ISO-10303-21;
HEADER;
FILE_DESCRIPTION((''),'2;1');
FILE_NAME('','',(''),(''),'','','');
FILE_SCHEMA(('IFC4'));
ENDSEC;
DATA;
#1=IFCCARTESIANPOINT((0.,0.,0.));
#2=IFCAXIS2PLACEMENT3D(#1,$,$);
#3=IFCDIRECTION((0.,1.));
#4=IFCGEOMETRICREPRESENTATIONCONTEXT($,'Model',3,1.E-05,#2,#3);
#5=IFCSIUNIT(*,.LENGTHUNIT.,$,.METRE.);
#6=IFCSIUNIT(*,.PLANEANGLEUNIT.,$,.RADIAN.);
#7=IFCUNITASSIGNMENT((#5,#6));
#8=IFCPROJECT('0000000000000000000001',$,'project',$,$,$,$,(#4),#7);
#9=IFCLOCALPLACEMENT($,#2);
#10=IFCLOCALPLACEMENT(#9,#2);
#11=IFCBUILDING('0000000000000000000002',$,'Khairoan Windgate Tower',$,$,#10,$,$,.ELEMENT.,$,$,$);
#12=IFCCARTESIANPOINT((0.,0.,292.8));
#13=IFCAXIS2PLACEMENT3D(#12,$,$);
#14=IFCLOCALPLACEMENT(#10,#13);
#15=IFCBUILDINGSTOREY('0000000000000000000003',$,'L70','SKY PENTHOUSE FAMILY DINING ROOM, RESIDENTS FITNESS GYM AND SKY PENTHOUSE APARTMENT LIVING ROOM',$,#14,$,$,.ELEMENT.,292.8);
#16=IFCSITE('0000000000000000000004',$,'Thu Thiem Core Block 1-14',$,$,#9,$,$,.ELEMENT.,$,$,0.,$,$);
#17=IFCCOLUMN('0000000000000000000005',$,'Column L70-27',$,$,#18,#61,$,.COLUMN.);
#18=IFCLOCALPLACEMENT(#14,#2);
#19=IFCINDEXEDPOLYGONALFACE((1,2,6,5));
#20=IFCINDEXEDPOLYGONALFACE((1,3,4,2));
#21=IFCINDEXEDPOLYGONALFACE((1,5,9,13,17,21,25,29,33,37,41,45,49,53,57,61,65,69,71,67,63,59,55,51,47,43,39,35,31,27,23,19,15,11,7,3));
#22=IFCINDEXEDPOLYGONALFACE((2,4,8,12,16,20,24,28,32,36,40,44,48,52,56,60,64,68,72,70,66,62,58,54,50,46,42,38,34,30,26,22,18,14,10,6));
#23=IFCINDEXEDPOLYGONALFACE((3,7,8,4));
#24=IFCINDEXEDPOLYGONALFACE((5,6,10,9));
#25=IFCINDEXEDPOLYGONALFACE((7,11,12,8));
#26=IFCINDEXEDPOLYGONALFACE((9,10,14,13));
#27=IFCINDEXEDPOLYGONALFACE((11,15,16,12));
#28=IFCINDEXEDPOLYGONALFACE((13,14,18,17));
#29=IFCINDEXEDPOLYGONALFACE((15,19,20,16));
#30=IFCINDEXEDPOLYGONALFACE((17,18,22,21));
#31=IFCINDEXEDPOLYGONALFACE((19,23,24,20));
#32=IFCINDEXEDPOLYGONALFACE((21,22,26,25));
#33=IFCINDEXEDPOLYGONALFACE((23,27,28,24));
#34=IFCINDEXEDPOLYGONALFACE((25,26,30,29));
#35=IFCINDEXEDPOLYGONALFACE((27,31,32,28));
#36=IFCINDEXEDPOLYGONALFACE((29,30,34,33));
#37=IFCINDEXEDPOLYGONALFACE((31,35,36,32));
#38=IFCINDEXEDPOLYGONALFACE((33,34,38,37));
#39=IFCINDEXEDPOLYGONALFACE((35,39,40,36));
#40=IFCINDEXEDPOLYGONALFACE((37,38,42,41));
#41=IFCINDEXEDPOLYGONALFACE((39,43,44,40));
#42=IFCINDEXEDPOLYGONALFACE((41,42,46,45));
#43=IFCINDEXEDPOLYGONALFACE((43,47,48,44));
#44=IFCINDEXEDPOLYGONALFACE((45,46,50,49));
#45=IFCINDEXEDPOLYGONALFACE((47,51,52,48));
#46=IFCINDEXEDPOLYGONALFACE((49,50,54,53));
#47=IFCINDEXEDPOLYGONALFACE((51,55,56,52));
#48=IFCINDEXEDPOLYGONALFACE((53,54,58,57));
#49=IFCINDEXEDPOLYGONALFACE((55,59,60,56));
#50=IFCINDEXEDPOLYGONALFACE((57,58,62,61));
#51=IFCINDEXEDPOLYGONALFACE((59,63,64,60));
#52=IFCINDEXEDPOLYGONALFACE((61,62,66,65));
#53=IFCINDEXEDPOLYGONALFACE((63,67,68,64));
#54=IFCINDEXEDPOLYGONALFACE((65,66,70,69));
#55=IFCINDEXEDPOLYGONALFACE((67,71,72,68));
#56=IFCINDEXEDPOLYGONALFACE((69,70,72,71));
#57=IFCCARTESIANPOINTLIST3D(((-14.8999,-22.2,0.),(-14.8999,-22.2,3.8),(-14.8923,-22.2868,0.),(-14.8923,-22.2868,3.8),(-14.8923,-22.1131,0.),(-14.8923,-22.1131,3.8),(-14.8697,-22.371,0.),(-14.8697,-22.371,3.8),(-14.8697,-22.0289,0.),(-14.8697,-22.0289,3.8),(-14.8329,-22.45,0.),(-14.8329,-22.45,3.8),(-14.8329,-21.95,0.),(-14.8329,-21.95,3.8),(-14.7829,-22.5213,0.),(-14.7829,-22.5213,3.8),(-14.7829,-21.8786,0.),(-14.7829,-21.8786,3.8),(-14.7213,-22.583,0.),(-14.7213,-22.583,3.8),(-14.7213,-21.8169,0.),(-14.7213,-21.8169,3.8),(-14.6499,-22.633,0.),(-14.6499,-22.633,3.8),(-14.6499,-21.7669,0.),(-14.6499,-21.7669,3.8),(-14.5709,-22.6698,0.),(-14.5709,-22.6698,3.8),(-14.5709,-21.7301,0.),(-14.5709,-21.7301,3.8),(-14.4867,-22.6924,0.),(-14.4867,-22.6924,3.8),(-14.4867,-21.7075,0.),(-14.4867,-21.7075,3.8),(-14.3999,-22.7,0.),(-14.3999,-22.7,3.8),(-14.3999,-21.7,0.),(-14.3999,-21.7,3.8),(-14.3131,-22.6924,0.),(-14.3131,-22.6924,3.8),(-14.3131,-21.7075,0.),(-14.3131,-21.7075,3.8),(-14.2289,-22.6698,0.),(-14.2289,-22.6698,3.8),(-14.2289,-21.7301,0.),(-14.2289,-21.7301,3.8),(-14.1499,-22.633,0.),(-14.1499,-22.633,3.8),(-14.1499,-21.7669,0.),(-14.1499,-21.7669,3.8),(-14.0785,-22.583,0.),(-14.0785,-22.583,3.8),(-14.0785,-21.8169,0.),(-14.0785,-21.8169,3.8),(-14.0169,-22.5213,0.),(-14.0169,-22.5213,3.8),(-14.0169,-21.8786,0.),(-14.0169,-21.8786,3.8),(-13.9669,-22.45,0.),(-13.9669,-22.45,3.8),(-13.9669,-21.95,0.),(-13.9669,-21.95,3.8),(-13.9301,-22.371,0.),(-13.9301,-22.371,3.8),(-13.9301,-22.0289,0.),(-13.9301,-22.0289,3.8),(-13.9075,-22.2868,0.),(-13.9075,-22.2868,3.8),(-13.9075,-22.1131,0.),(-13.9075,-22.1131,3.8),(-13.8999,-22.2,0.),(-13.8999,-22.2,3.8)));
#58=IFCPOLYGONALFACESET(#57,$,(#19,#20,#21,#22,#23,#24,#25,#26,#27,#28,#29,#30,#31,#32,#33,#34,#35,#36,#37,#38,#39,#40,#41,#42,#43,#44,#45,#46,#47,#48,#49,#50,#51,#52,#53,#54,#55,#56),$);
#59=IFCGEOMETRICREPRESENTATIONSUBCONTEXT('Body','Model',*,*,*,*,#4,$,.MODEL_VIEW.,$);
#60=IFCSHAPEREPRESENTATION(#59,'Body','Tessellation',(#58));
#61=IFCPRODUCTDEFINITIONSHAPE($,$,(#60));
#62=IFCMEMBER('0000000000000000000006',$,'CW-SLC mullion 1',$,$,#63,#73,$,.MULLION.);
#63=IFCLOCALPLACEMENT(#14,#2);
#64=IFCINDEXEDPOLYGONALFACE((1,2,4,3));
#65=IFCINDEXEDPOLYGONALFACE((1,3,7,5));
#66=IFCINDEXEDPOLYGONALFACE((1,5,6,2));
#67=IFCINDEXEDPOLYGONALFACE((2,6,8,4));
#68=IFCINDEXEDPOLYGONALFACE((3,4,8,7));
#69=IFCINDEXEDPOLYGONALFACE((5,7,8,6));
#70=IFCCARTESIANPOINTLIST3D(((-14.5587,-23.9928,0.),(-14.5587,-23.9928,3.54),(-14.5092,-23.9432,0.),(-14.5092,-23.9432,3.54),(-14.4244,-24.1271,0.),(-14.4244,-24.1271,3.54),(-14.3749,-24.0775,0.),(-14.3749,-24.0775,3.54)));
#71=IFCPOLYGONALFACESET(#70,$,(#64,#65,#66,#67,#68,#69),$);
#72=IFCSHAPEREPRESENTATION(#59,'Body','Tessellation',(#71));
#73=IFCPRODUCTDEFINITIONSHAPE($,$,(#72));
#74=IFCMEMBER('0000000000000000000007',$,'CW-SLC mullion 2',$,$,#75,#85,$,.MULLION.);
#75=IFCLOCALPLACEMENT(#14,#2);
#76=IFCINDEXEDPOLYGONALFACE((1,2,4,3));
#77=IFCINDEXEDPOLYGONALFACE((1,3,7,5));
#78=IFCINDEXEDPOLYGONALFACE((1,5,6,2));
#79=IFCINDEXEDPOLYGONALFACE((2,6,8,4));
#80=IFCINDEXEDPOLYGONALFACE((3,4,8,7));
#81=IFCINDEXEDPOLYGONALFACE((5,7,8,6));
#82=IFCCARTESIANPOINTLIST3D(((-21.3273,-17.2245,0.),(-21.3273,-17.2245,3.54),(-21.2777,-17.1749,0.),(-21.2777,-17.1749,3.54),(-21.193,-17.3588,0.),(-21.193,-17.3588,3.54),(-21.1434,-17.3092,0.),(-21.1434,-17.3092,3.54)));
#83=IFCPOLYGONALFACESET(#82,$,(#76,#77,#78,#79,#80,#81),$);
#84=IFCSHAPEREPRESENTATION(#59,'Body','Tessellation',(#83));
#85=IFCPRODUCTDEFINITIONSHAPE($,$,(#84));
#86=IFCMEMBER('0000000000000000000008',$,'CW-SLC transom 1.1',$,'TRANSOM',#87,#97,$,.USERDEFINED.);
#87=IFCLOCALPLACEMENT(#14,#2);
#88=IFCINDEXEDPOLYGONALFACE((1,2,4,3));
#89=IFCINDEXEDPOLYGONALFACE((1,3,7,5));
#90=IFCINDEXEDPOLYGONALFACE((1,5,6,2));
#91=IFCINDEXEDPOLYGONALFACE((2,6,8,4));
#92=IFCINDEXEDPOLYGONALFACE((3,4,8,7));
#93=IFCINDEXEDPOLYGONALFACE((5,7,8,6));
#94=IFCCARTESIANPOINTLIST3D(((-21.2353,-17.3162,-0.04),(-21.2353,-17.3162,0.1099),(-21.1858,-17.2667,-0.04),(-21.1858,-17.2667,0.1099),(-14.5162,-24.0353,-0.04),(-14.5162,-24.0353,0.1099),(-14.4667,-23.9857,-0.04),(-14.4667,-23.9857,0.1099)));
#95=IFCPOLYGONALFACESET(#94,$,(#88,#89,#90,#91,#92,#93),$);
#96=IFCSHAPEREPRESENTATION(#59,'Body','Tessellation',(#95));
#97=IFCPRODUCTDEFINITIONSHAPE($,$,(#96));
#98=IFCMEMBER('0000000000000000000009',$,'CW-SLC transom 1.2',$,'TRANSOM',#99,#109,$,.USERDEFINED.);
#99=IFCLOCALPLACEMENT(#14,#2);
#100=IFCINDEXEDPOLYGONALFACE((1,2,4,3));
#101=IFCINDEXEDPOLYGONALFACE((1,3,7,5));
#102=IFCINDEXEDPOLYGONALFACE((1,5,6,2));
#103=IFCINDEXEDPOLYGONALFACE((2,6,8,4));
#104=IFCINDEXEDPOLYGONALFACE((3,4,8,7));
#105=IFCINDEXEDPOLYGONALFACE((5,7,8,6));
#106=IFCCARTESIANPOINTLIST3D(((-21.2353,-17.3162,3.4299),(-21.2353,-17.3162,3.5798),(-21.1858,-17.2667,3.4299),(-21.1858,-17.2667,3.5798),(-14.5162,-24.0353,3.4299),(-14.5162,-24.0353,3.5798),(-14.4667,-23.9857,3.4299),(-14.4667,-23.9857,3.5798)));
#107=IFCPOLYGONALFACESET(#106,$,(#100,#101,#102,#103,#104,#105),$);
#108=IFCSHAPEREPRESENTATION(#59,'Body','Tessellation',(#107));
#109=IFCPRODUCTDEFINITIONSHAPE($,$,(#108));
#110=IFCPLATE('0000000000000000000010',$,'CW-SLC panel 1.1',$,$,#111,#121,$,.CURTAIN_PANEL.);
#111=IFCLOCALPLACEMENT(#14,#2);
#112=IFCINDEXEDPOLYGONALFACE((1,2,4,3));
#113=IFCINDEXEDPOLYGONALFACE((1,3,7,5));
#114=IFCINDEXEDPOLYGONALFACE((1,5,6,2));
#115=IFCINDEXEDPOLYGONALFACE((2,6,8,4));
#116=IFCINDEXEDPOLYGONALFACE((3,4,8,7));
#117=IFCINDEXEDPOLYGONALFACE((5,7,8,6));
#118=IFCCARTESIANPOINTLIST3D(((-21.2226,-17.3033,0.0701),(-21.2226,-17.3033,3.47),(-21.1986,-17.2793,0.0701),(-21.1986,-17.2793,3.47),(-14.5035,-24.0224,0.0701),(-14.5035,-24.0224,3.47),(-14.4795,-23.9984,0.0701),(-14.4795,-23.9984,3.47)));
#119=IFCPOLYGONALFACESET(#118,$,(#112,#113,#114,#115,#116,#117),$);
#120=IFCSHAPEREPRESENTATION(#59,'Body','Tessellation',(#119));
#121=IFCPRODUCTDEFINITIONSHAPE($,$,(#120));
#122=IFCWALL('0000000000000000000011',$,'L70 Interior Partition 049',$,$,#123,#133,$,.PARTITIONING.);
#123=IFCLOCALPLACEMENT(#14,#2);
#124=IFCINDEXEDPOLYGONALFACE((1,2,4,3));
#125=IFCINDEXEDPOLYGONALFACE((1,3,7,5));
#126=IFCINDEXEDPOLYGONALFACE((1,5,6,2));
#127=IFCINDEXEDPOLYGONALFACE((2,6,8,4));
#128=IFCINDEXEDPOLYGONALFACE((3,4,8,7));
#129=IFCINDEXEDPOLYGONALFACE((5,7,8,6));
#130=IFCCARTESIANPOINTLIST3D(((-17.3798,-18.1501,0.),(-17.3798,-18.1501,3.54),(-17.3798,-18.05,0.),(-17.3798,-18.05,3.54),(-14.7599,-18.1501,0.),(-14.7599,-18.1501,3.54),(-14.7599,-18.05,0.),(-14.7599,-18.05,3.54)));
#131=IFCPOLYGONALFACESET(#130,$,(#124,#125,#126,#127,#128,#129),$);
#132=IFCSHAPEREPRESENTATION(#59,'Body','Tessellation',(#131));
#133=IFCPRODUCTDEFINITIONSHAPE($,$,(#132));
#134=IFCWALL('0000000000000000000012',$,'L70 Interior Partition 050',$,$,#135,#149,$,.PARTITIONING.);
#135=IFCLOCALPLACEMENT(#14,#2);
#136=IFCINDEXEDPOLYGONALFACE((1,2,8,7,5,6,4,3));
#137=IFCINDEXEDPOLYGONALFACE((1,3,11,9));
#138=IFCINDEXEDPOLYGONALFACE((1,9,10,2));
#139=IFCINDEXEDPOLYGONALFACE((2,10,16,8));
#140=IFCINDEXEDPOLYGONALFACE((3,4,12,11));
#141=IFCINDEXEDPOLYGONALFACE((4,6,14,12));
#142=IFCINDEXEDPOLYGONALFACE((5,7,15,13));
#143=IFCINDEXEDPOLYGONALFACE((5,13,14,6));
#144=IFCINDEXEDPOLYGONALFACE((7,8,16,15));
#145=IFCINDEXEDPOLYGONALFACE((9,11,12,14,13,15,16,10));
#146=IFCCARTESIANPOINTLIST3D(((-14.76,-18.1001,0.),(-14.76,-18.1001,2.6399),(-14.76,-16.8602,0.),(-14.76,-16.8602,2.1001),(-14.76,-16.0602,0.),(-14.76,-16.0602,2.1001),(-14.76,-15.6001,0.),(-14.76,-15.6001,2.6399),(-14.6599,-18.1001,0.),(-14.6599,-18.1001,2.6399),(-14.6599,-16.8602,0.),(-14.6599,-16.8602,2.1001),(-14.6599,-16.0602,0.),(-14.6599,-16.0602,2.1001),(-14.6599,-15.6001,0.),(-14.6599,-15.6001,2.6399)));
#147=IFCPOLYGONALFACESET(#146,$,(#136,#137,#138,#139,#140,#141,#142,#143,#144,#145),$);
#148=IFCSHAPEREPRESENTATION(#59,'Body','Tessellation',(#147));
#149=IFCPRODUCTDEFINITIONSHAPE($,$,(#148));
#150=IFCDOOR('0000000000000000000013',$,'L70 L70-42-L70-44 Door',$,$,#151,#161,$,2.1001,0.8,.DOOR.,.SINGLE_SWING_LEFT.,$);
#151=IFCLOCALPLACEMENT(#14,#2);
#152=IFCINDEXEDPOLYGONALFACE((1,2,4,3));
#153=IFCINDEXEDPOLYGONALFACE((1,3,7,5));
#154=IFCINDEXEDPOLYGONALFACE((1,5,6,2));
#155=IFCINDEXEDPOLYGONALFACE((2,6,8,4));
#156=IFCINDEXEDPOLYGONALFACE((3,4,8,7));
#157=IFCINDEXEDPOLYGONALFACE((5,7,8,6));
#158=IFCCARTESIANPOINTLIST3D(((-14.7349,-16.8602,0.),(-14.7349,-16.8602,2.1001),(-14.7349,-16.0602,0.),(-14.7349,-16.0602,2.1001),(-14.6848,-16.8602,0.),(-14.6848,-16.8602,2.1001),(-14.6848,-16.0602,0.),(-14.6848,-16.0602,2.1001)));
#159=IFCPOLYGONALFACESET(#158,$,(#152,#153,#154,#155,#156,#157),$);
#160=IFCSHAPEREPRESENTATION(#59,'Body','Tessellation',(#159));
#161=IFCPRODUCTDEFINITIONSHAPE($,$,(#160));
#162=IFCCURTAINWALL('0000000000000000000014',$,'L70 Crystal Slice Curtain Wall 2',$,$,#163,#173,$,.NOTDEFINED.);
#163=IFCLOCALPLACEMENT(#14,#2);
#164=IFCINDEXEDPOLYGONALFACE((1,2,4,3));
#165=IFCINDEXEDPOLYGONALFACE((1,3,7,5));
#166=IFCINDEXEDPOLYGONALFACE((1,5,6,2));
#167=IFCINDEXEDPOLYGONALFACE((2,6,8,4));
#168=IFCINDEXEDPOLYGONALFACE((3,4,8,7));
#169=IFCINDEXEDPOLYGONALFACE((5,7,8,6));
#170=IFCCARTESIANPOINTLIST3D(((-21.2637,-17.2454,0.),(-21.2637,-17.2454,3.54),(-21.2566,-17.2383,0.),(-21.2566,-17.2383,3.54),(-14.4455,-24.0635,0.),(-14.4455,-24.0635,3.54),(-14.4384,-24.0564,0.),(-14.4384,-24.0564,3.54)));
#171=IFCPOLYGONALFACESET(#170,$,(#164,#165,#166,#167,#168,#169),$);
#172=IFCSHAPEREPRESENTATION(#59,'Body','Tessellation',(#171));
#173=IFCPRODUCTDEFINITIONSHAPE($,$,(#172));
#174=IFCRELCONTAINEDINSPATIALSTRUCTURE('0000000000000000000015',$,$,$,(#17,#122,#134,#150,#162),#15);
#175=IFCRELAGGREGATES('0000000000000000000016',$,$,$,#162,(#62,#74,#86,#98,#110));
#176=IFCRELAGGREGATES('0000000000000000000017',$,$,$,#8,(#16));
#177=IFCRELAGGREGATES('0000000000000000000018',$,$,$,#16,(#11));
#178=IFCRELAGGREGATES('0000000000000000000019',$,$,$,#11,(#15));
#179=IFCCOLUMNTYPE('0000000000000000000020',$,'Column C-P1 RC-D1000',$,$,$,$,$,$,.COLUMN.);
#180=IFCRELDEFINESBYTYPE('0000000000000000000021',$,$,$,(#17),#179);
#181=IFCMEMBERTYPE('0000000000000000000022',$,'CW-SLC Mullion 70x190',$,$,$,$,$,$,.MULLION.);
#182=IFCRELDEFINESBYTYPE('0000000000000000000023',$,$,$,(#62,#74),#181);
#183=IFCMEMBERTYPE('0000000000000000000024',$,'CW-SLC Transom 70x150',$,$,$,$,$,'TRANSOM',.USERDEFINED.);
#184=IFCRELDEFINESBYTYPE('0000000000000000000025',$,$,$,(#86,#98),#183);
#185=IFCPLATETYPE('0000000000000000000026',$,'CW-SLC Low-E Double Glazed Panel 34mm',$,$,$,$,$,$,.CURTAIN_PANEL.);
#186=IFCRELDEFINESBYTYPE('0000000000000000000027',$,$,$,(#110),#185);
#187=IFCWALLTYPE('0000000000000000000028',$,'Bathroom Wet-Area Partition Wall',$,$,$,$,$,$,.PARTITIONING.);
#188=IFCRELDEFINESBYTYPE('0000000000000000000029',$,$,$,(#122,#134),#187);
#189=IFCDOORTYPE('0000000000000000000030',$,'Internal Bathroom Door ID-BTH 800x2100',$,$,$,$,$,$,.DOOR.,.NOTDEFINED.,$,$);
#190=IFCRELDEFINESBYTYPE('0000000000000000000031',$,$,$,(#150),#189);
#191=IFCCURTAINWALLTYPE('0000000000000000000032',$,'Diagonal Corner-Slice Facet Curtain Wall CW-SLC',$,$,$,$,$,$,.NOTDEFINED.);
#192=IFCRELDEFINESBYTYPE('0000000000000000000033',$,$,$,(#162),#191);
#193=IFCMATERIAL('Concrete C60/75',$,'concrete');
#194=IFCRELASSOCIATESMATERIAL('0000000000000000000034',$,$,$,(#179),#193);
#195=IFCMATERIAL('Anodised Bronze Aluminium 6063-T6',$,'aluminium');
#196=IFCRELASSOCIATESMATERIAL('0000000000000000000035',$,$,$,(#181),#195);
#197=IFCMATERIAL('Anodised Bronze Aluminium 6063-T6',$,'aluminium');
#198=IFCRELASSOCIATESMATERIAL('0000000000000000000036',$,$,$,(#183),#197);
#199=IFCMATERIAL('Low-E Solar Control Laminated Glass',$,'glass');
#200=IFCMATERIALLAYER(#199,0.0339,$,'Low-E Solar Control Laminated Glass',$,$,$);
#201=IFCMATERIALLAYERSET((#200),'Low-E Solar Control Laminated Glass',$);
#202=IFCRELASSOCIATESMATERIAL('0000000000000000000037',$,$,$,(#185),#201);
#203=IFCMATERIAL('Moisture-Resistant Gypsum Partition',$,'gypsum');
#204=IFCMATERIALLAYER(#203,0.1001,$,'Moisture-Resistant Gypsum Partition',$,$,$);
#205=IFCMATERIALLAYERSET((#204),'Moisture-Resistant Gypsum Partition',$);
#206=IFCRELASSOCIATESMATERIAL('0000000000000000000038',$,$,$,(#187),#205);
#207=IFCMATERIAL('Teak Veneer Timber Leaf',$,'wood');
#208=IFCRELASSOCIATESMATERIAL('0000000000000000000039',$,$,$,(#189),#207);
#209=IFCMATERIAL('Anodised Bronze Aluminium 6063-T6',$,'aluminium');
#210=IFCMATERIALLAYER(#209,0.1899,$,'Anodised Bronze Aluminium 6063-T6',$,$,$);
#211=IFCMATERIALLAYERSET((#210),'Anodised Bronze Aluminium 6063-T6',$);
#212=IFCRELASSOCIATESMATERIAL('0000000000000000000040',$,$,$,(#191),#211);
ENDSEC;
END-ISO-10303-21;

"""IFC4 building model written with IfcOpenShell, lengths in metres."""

from ifc_helpers import new_model, si_unit, direction, frame, frame_2d, origin, origin_2d, place, context, subcontext, project, spatial, rectangle, circle, extrude, material, layer, layer_set, material_profile, profile_set, type_object, element, fill, aggregate, save


model = new_model("IFC4")

# Units and contexts
model_context = context("Model", 3, precision=1e-05, world=origin(), true_north=direction((0.0, 1.0)))
body_context = subcontext(model_context, "Body", "Model", "MODEL_VIEW")
ifc_project = project(units=[si_unit("LENGTHUNIT", "METRE"), si_unit("PLANEANGLEUNIT", "RADIAN")], contexts=[model_context])

# Site, building, storey
site_placement = place(None, origin())
site = spatial("IfcSite", under=ifc_project, at=site_placement, Name="Thu Thiem Core Block 1-14", CompositionType="ELEMENT", RefElevation=0.0)
building_placement = place(site_placement, origin())
building = spatial("IfcBuilding", under=site, at=building_placement, Name="Khairoan Windgate Tower", CompositionType="ELEMENT")
storey_placement = place(building_placement, frame((0.0, 0.0, 292.8)))
storey = spatial("IfcBuildingStorey", under=building, at=storey_placement, Name="L70", Description="SKY PENTHOUSE FAMILY DINING ROOM, RESIDENTS FITNESS GYM AND SKY PENTHOUSE APARTMENT LIVING ROOM", CompositionType="ELEMENT", Elevation=292.8)

# Column
ifc_material_1 = material(Name="Concrete C60/75", Category="concrete")
ifc_material_profile_1 = material_profile(ifc_material_1, circle(Radius=0.5, at=origin_2d()))
ifc_profile_set_1 = profile_set([ifc_material_profile_1], Name="Concrete C60/75")
column_type = type_object("IfcColumnType", Name="Column C-P1 RC-D1000", PredefinedType="COLUMN", material=ifc_profile_set_1)
column_placement = place(storey_placement, frame((-14.3999, -22.2, 0.0), z_axis=(0.0, 0.0, 1.0), x_axis=(1.0, 0.0, 0.0)))
element("IfcColumn", 1, at=column_placement, inside=storey, type_object=column_type, Name="Column L70-27", PredefinedType="COLUMN", context=body_context, shape_type="SweptSolid", body=[
    extrude(circle(Radius=0.5, at=origin_2d()), origin(), (0.0, 0.0, 1.0), 3.8),
])

# Members
ifc_material_2 = material(Name="Anodised Bronze Aluminium 6063-T6", Category="aluminium")
ifc_material_profile_2 = material_profile(ifc_material_2, rectangle(XDim=0.0701, YDim=0.1899, at=origin_2d()))
ifc_profile_set_2 = profile_set([ifc_material_profile_2], Name="Anodised Bronze Aluminium 6063-T6")
member_type_1 = type_object("IfcMemberType", Name="CW-SLC Mullion 70x190", PredefinedType="MULLION", material=ifc_profile_set_2)
member_1_placement = place(storey_placement, frame((-14.4668, -24.0352, 0.0), z_axis=(0.0, 0.0, 1.0), x_axis=(-0.707107, -0.707107, 0.0)))
member_1 = element("IfcMember", 2, at=member_1_placement, type_object=member_type_1, Name="CW-SLC mullion 1", PredefinedType="MULLION", context=body_context, shape_type="SweptSolid", body=[
    extrude(rectangle(XDim=0.0701, YDim=0.1899, at=origin_2d()), origin(), (0.0, 0.0, 1.0), 3.54),
])
member_2_placement = place(storey_placement, frame((-21.2354, -17.2668, 0.0), z_axis=(0.0, 0.0, 1.0), x_axis=(-0.707107, -0.707107, 0.0)))
member_2 = element("IfcMember", 3, at=member_2_placement, type_object=member_type_1, Name="CW-SLC mullion 2", PredefinedType="MULLION", context=body_context, shape_type="SweptSolid", body=[
    extrude(rectangle(XDim=0.0701, YDim=0.1899, at=origin_2d()), origin(), (0.0, 0.0, 1.0), 3.54),
])
ifc_material_3 = material(Name="Anodised Bronze Aluminium 6063-T6", Category="aluminium")
ifc_material_profile_3 = material_profile(ifc_material_3, rectangle(XDim=0.0701, YDim=0.1499, at=origin_2d()))
ifc_profile_set_3 = profile_set([ifc_material_profile_3], Name="Anodised Bronze Aluminium 6063-T6")
member_type_2 = type_object("IfcMemberType", Name="CW-SLC Transom 70x150", ElementType="TRANSOM", PredefinedType="USERDEFINED", material=ifc_profile_set_3)
member_3_placement = place(storey_placement, frame((-14.4915, -24.0105, 0.0349), z_axis=(-0.707107, 0.707107, 0.0), x_axis=(-0.707107, -0.707107, 0.0)))
member_3 = element("IfcMember", 4, at=member_3_placement, type_object=member_type_2, Name="CW-SLC transom 1.1", ObjectType="TRANSOM", PredefinedType="USERDEFINED", context=body_context, shape_type="SweptSolid", body=[
    extrude(rectangle(XDim=0.0701, YDim=0.1499, at=origin_2d()), origin(), (0.0, 0.0, 1.0), 9.5022),
])
member_4_placement = place(storey_placement, frame((-14.4915, -24.0105, 3.5049), z_axis=(-0.707107, 0.707107, 0.0), x_axis=(-0.707107, -0.707107, 0.0)))
member_4 = element("IfcMember", 5, at=member_4_placement, type_object=member_type_2, Name="CW-SLC transom 1.2", ObjectType="TRANSOM", PredefinedType="USERDEFINED", context=body_context, shape_type="SweptSolid", body=[
    extrude(rectangle(XDim=0.0701, YDim=0.1499, at=origin_2d()), origin(), (0.0, 0.0, 1.0), 9.5022),
])

# Plate
ifc_material_4 = material(Name="Low-E Solar Control Laminated Glass", Category="glass")
ifc_layer_1 = layer(ifc_material_4, 0.0339, Name="Low-E Solar Control Laminated Glass")
ifc_layer_set_1 = layer_set([ifc_layer_1], Name="Low-E Solar Control Laminated Glass")
plate_type = type_object("IfcPlateType", Name="CW-SLC Low-E Double Glazed Panel 34mm", PredefinedType="CURTAIN_PANEL", material=ifc_layer_set_1)
plate_placement = place(storey_placement, frame((-17.8511, -20.6509, 0.0701), z_axis=(0.0, 0.0, 1.0), x_axis=(-0.707107, 0.707107, 0.0)))
plate = element("IfcPlate", 6, at=plate_placement, type_object=plate_type, Name="CW-SLC panel 1.1", PredefinedType="CURTAIN_PANEL", context=body_context, shape_type="SweptSolid", body=[
    extrude(rectangle(XDim=9.5022, YDim=0.0339, at=origin_2d()), origin(), (0.0, 0.0, 1.0), 3.3999),
])

# Wall
ifc_material_5 = material(Name="Moisture-Resistant Gypsum Partition", Category="gypsum")
ifc_layer_2 = layer(ifc_material_5, 0.1001, Name="Moisture-Resistant Gypsum Partition")
ifc_layer_set_2 = layer_set([ifc_layer_2], Name="Moisture-Resistant Gypsum Partition")
wall_type_1 = type_object("IfcWallType", Name="Bathroom Wet-Area Partition Wall", PredefinedType="PARTITIONING", material=ifc_layer_set_2)
wall_1_placement = place(storey_placement, frame((-17.3799, -18.1001, 0.0), z_axis=(0.0, 0.0, 1.0), x_axis=(1.0, 0.0, 0.0)))
element("IfcWall", 7, at=wall_1_placement, inside=storey, type_object=wall_type_1, Name="L70 Interior Partition 049", PredefinedType="PARTITIONING", context=body_context, shape_type="SweptSolid", body=[
    extrude(rectangle(XDim=2.6199, YDim=0.1001, at=frame_2d((1.3101, 0.0))), origin(), (0.0, 0.0, 1.0), 3.54),
])

# Wall, opening, door
wall_2_placement = place(storey_placement, frame((-14.71, -18.1001, 0.0), z_axis=(0.0, 0.0, 1.0), x_axis=(0.0, 1.0, 0.0)))
wall_2 = element("IfcWall", 8, at=wall_2_placement, inside=storey, type_object=wall_type_1, Name="L70 Interior Partition 050", PredefinedType="PARTITIONING", context=body_context, shape_type="SweptSolid", body=[
    extrude(rectangle(XDim=2.5, YDim=0.1001, at=frame_2d((1.25, 0.0))), origin(), (0.0, 0.0, 1.0), 2.6399),
])
opening_1_placement = place(wall_2_placement, frame((1.24, 0.0, 0.0)))
opening_1 = element("IfcOpeningElement", 9, at=opening_1_placement, cuts=wall_2, PredefinedType="OPENING", context=body_context, shape_type="SweptSolid", body=[
    extrude(rectangle(XDim=0.8, YDim=2.1001, at=frame_2d((0.3999, 1.05))), frame((0.0, 0.0601, 0.0), z_axis=(0.0, -1.0, 0.0), x_axis=(1.0, 0.0, 0.0)), (0.0, 0.0, 1.0), 0.1201),
])
ifc_material_6 = material(Name="Teak Veneer Timber Leaf", Category="wood")
door_type_1 = type_object("IfcDoorType", Name="Internal Bathroom Door ID-BTH 800x2100", OperationType="NOTDEFINED", PredefinedType="DOOR", material=ifc_material_6)
door_1_placement = place(opening_1_placement, origin())
door_1 = element("IfcDoor", 10, at=door_1_placement, inside=storey, type_object=door_type_1, Name="L70 L70-42-L70-44 Door", OperationType="SINGLE_SWING_LEFT", OverallHeight=2.1001, OverallWidth=0.8, PredefinedType="DOOR", context=body_context, shape_type="SweptSolid", body=[
    extrude(rectangle(XDim=0.8, YDim=2.1001, at=frame_2d((0.3999, 1.05))), frame((0.0, 0.0249, 0.0), z_axis=(0.0, -1.0, 0.0), x_axis=(1.0, 0.0, 0.0)), (0.0, 0.0, 1.0), 0.05),
])
fill(opening_1, door_1)

# Curtain wall
ifc_material_7 = material(Name="Anodised Bronze Aluminium 6063-T6", Category="aluminium")
ifc_layer_3 = layer(ifc_material_7, 0.1899, Name="Anodised Bronze Aluminium 6063-T6")
ifc_layer_set_3 = layer_set([ifc_layer_3], Name="Anodised Bronze Aluminium 6063-T6")
curtain_wall_type = type_object("IfcCurtainWallType", Name="Diagonal Corner-Slice Facet Curtain Wall CW-SLC", PredefinedType="NOTDEFINED", material=ifc_layer_set_3)
curtain_wall_placement = place(storey_placement, frame((-14.4419, -24.0601, 0.0), z_axis=(0.0, 0.0, 1.0), x_axis=(-0.707107, 0.707107, 0.0)))
curtain_wall = element("IfcCurtainWall", 11, at=curtain_wall_placement, inside=storey, type_object=curtain_wall_type, Name="L70 Crystal Slice Curtain Wall 2", PredefinedType="NOTDEFINED", context=body_context, shape_type="SweptSolid", body=[
    extrude(rectangle(XDim=9.6423, YDim=0.01, at=frame_2d((4.8213, 0.0))), origin(), (0.0, 0.0, 1.0), 3.54),
])
aggregate(curtain_wall, [member_1, member_2, member_3, member_4, plate])

save(model, "model.ifc")
